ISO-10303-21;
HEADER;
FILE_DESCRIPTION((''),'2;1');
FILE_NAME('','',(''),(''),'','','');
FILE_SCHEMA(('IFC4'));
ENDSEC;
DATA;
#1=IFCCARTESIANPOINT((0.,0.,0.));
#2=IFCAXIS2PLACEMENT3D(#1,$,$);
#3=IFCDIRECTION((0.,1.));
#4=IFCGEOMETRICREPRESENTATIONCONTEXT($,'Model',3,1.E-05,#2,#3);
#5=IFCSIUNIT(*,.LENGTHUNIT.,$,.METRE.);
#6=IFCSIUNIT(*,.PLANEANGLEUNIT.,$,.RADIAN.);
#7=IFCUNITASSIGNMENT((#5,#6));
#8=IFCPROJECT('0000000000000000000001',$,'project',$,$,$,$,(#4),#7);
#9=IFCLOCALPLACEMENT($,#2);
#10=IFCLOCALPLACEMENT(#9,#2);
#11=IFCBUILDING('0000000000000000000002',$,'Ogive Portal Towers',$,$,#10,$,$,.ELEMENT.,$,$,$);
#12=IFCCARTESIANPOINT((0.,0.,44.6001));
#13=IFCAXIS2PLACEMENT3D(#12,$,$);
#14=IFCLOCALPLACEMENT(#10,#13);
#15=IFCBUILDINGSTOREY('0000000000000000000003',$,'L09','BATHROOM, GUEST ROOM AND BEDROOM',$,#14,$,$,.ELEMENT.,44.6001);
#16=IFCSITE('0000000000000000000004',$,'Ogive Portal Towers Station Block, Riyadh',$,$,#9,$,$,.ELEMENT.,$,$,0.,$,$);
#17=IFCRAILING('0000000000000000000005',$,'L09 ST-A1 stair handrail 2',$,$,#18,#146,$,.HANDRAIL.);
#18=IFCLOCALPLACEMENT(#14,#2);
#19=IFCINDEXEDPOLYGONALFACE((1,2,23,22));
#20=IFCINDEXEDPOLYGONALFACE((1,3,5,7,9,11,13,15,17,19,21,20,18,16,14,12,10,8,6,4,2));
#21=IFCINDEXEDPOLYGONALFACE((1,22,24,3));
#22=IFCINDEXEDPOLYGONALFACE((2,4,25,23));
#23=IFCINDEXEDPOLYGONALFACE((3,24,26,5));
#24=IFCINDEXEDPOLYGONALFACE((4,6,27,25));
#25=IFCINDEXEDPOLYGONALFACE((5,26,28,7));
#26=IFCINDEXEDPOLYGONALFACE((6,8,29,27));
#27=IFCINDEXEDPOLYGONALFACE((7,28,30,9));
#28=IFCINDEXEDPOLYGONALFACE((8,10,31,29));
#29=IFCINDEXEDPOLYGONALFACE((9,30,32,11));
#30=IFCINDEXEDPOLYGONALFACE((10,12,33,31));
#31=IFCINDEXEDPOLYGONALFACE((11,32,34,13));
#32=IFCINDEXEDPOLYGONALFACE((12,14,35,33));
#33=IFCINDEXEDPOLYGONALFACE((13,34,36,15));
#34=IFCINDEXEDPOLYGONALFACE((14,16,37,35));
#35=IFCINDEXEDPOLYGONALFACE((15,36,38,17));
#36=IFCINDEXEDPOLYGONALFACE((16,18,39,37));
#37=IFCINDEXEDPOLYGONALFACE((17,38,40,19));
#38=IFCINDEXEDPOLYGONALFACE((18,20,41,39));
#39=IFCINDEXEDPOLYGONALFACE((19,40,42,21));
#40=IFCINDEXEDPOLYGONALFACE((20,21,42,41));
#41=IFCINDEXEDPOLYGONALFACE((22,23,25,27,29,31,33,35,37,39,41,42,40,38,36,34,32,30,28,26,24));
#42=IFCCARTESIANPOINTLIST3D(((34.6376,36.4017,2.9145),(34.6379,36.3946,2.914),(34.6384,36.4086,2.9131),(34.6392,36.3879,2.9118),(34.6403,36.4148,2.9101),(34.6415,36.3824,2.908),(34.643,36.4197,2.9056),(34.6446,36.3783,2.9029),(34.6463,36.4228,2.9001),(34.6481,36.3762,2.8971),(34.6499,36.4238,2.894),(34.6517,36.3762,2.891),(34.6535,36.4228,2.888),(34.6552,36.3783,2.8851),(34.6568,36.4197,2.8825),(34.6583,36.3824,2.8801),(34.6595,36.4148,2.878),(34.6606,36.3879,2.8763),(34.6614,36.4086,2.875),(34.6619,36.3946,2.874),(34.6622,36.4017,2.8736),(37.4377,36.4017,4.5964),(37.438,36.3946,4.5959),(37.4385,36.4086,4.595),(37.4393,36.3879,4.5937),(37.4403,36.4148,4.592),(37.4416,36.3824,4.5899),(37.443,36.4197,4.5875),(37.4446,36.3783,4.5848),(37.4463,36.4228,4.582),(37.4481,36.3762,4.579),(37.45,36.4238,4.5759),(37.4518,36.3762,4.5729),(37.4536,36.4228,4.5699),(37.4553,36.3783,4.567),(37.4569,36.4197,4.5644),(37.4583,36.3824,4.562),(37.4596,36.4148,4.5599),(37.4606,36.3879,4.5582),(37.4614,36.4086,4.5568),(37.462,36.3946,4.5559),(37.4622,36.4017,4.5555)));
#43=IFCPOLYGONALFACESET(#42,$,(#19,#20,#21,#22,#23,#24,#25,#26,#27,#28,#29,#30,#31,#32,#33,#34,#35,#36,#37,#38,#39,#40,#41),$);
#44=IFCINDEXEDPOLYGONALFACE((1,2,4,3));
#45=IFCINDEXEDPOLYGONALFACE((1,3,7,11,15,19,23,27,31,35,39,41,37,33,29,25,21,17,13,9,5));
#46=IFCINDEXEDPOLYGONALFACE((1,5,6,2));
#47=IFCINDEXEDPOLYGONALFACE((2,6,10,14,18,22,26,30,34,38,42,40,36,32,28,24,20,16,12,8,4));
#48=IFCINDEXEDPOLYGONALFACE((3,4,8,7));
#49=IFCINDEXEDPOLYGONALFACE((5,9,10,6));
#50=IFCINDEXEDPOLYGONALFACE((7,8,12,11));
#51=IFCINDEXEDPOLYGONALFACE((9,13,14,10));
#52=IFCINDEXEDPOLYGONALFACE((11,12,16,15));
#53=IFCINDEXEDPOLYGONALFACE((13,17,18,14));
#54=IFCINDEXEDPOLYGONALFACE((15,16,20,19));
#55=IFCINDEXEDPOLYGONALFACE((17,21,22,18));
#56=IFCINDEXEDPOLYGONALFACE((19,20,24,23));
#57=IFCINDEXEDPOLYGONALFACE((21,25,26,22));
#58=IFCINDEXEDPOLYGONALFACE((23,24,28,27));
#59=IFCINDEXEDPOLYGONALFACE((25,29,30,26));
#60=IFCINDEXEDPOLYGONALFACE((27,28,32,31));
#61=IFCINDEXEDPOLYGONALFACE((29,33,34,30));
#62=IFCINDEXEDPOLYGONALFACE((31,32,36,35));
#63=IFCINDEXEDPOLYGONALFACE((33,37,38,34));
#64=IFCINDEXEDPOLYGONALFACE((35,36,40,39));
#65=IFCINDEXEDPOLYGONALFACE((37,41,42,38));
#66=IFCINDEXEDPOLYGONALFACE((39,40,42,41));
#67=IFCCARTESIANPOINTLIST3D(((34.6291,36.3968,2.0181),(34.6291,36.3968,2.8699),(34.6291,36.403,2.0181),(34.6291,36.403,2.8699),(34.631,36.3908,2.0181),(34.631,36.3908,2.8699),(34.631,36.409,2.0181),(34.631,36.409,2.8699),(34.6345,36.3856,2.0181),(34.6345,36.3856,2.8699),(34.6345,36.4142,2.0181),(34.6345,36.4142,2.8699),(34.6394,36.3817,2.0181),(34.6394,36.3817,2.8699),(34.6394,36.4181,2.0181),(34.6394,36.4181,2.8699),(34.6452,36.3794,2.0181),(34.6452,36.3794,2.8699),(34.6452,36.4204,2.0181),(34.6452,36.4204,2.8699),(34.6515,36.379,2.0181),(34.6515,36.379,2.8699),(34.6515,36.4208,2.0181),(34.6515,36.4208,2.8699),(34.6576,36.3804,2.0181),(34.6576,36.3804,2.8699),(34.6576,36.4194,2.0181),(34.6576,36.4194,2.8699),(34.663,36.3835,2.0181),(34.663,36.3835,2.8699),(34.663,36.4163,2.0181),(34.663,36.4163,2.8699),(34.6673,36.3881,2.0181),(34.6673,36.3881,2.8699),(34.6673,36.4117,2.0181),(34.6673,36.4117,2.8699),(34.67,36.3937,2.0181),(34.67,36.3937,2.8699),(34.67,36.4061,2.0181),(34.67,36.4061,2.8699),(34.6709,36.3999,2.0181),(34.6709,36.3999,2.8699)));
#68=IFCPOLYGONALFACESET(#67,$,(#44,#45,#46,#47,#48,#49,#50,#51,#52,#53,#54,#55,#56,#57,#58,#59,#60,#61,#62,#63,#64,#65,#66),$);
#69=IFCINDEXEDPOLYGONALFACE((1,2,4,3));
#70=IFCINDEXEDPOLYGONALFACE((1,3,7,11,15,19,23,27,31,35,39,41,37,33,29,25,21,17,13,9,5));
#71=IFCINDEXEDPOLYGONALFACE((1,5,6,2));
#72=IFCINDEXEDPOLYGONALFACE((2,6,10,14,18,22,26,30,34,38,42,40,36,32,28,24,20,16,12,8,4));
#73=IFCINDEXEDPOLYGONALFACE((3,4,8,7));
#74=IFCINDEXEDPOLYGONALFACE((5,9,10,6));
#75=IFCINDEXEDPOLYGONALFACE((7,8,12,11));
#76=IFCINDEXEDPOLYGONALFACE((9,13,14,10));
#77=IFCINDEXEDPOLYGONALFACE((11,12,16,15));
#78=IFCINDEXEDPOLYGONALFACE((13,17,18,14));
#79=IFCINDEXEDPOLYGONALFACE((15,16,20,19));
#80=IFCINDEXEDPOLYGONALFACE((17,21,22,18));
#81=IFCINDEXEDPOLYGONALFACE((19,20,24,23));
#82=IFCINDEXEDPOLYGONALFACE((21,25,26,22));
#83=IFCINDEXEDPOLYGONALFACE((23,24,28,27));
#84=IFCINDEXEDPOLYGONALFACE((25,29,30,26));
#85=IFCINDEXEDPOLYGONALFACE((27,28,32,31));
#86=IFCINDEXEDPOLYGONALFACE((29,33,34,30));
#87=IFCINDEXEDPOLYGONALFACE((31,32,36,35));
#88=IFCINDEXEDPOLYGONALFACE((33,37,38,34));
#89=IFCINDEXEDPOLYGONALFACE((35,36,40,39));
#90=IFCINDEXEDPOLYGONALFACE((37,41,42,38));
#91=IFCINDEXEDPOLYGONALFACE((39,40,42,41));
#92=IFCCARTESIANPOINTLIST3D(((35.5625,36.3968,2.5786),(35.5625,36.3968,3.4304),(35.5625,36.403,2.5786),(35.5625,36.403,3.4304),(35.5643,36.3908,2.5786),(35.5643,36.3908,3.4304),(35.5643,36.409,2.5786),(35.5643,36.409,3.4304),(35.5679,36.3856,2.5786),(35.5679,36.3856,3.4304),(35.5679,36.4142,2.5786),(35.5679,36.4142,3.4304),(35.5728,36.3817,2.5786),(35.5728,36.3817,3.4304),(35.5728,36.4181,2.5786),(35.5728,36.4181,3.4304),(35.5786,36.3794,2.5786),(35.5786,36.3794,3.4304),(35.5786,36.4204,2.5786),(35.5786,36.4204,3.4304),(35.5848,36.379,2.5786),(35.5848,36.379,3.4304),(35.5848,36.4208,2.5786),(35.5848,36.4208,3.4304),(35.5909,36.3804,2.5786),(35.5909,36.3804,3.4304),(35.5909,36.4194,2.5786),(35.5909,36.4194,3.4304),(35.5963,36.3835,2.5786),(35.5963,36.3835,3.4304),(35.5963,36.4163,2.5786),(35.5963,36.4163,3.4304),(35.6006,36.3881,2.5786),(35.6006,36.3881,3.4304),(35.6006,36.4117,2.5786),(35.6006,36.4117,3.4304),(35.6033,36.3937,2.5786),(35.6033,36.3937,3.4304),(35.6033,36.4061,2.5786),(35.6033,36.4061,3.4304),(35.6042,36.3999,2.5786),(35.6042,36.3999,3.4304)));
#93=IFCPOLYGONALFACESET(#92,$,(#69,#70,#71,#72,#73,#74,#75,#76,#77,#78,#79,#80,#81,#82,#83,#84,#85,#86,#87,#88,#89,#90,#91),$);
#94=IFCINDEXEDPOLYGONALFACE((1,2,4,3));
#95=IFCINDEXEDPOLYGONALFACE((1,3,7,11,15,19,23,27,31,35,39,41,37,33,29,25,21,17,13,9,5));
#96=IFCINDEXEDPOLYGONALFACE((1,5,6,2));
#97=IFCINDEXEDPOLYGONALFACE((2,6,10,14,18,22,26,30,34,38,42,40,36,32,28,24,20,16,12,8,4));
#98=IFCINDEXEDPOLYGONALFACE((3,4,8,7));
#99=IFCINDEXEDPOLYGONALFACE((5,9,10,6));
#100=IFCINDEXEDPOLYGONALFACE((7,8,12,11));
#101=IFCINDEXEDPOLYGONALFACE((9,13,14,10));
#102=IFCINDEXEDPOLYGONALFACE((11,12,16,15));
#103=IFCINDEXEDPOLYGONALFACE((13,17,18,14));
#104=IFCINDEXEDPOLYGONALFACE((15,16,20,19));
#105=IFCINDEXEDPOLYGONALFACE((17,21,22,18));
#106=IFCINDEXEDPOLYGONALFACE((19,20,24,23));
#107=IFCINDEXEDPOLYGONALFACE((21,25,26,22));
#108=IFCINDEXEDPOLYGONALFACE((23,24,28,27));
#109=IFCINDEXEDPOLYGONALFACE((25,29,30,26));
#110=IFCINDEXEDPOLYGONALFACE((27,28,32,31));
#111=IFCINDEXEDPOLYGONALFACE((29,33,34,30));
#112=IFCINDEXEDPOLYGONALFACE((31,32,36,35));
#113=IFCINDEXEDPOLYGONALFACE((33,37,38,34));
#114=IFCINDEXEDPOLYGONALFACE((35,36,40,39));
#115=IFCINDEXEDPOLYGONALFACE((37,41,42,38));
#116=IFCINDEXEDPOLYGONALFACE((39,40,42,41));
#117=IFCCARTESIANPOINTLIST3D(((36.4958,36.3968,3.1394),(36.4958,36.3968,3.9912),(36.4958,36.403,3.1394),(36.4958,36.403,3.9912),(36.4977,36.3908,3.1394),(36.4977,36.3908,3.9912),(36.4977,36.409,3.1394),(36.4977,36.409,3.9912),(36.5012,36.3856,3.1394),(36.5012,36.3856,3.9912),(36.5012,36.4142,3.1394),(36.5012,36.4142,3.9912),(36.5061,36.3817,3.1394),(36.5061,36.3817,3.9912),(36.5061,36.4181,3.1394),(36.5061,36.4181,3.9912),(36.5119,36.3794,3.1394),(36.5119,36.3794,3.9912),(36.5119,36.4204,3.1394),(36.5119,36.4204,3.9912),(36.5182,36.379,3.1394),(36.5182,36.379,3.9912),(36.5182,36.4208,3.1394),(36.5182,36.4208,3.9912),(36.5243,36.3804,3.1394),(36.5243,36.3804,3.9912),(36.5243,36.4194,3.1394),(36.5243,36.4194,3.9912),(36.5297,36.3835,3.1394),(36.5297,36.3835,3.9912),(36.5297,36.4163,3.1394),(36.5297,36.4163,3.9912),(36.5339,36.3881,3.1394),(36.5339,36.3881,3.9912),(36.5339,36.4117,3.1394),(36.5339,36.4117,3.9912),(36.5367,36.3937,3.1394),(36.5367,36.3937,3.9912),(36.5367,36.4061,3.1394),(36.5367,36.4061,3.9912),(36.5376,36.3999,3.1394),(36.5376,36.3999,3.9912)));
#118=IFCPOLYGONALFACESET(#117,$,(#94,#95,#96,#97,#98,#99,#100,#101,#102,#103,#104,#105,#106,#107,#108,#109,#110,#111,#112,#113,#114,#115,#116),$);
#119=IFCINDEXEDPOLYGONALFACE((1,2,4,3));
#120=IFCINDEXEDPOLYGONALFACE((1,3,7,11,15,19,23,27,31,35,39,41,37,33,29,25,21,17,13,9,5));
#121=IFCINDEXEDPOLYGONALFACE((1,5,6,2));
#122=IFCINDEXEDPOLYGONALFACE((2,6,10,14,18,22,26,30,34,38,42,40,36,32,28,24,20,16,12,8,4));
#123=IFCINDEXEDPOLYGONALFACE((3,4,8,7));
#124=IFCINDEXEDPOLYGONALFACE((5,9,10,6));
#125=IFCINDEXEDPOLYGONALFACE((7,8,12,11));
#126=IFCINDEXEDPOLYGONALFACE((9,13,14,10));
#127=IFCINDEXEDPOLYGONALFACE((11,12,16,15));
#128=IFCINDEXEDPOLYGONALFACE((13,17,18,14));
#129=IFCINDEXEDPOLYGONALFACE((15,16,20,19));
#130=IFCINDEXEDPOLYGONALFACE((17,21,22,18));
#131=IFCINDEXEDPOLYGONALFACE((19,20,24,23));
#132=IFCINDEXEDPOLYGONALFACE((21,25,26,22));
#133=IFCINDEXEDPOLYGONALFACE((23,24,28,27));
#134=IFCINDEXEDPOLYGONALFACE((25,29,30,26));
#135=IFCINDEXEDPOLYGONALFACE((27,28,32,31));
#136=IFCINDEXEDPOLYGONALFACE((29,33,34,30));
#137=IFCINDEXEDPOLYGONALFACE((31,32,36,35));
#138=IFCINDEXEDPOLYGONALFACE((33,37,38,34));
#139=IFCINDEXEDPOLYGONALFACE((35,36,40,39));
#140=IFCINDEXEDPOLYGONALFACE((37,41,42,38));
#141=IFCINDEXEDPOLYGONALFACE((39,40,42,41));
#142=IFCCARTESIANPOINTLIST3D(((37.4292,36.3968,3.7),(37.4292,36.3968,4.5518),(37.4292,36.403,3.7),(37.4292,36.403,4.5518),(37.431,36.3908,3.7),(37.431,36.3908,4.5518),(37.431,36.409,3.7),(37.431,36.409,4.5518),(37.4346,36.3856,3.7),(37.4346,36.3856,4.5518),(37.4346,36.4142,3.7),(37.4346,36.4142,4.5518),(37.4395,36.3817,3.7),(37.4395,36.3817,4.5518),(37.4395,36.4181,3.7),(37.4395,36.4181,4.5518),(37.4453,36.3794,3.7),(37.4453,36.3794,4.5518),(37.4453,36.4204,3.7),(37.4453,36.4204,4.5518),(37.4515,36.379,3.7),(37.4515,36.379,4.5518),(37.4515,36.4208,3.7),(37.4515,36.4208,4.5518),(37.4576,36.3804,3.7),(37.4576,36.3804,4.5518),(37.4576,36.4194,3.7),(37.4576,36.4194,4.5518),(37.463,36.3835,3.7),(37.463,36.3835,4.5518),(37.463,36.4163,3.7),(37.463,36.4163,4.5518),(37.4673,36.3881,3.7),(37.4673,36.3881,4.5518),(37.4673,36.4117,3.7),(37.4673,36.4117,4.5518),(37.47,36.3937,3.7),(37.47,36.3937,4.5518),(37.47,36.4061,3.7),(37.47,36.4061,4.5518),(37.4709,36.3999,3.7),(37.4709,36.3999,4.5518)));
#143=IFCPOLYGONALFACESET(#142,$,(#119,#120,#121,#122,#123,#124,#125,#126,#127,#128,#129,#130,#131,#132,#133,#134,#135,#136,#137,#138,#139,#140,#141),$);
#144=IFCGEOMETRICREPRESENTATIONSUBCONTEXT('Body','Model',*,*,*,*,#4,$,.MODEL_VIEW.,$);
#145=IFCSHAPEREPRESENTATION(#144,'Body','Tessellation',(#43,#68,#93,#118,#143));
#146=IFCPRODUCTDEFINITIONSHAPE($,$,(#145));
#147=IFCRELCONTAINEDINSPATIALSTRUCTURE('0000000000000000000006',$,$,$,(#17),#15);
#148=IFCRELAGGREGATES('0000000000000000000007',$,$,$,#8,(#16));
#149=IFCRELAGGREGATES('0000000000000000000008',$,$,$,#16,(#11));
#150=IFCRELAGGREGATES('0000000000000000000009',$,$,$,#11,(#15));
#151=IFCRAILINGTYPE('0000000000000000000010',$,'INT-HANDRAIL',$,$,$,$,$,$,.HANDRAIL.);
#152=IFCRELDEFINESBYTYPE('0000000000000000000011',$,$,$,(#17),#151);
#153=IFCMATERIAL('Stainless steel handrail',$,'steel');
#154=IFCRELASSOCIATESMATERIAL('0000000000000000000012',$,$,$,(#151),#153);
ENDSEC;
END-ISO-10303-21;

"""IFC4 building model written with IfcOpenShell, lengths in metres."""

from ifc_helpers import new_model, si_unit, direction, frame, origin, origin_2d, place, context, subcontext, project, spatial, circle, extrude, material, type_object, element, save


model = new_model("IFC4")

# Units and contexts
model_context = context("Model", 3, precision=1e-05, world=origin(), true_north=direction((0.0, 1.0)))
body_context = subcontext(model_context, "Body", "Model", "MODEL_VIEW")
ifc_project = project(units=[si_unit("LENGTHUNIT", "METRE"), si_unit("PLANEANGLEUNIT", "RADIAN")], contexts=[model_context])

# Site, building, storey
site_placement = place(None, origin())
site = spatial("IfcSite", under=ifc_project, at=site_placement, Name="Ogive Portal Towers Station Block, Riyadh", CompositionType="ELEMENT", RefElevation=0.0)
building_placement = place(site_placement, origin())
building = spatial("IfcBuilding", under=site, at=building_placement, Name="Ogive Portal Towers", CompositionType="ELEMENT")
storey_placement = place(building_placement, frame((0.0, 0.0, 44.6001)))
storey = spatial("IfcBuildingStorey", under=building, at=storey_placement, Name="L09", Description="BATHROOM, GUEST ROOM AND BEDROOM", CompositionType="ELEMENT", Elevation=44.6001)

# Railing
ifc_material_1 = material(Name="Stainless steel handrail", Category="steel")
railing_type_1 = type_object("IfcRailingType", Name="INT-HANDRAIL", PredefinedType="HANDRAIL", material=ifc_material_1)
railing_1_placement = place(storey_placement, frame((34.6499, 36.3999, 2.0181)))
element("IfcRailing", 1, at=railing_1_placement, inside=storey, type_object=railing_type_1, Name="L09 ST-A1 stair handrail 2", PredefinedType="HANDRAIL", context=body_context, shape_type="SweptSolid", body=[
    extrude(circle(Radius=0.0239, at=origin_2d()), frame((0.0, 0.0, 0.876), z_axis=(0.857242, 0.0, 0.514913), x_axis=(0.0, 1.0, 0.0)), (0.0, 0.0, 1.0), 3.2664),
    extrude(circle(Radius=0.021, at=origin_2d()), origin(), (0.0, 0.0, 1.0), 0.8518),
    extrude(circle(Radius=0.021, at=origin_2d()), frame((0.9333, 0.0, 0.5605)), (0.0, 0.0, 1.0), 0.8518),
    extrude(circle(Radius=0.021, at=origin_2d()), frame((1.8667, 0.0, 1.1213)), (0.0, 0.0, 1.0), 0.8518),
    extrude(circle(Radius=0.021, at=origin_2d()), frame((2.8, 0.0, 1.6819)), (0.0, 0.0, 1.0), 0.8518),
])

save(model, "model.ifc")
